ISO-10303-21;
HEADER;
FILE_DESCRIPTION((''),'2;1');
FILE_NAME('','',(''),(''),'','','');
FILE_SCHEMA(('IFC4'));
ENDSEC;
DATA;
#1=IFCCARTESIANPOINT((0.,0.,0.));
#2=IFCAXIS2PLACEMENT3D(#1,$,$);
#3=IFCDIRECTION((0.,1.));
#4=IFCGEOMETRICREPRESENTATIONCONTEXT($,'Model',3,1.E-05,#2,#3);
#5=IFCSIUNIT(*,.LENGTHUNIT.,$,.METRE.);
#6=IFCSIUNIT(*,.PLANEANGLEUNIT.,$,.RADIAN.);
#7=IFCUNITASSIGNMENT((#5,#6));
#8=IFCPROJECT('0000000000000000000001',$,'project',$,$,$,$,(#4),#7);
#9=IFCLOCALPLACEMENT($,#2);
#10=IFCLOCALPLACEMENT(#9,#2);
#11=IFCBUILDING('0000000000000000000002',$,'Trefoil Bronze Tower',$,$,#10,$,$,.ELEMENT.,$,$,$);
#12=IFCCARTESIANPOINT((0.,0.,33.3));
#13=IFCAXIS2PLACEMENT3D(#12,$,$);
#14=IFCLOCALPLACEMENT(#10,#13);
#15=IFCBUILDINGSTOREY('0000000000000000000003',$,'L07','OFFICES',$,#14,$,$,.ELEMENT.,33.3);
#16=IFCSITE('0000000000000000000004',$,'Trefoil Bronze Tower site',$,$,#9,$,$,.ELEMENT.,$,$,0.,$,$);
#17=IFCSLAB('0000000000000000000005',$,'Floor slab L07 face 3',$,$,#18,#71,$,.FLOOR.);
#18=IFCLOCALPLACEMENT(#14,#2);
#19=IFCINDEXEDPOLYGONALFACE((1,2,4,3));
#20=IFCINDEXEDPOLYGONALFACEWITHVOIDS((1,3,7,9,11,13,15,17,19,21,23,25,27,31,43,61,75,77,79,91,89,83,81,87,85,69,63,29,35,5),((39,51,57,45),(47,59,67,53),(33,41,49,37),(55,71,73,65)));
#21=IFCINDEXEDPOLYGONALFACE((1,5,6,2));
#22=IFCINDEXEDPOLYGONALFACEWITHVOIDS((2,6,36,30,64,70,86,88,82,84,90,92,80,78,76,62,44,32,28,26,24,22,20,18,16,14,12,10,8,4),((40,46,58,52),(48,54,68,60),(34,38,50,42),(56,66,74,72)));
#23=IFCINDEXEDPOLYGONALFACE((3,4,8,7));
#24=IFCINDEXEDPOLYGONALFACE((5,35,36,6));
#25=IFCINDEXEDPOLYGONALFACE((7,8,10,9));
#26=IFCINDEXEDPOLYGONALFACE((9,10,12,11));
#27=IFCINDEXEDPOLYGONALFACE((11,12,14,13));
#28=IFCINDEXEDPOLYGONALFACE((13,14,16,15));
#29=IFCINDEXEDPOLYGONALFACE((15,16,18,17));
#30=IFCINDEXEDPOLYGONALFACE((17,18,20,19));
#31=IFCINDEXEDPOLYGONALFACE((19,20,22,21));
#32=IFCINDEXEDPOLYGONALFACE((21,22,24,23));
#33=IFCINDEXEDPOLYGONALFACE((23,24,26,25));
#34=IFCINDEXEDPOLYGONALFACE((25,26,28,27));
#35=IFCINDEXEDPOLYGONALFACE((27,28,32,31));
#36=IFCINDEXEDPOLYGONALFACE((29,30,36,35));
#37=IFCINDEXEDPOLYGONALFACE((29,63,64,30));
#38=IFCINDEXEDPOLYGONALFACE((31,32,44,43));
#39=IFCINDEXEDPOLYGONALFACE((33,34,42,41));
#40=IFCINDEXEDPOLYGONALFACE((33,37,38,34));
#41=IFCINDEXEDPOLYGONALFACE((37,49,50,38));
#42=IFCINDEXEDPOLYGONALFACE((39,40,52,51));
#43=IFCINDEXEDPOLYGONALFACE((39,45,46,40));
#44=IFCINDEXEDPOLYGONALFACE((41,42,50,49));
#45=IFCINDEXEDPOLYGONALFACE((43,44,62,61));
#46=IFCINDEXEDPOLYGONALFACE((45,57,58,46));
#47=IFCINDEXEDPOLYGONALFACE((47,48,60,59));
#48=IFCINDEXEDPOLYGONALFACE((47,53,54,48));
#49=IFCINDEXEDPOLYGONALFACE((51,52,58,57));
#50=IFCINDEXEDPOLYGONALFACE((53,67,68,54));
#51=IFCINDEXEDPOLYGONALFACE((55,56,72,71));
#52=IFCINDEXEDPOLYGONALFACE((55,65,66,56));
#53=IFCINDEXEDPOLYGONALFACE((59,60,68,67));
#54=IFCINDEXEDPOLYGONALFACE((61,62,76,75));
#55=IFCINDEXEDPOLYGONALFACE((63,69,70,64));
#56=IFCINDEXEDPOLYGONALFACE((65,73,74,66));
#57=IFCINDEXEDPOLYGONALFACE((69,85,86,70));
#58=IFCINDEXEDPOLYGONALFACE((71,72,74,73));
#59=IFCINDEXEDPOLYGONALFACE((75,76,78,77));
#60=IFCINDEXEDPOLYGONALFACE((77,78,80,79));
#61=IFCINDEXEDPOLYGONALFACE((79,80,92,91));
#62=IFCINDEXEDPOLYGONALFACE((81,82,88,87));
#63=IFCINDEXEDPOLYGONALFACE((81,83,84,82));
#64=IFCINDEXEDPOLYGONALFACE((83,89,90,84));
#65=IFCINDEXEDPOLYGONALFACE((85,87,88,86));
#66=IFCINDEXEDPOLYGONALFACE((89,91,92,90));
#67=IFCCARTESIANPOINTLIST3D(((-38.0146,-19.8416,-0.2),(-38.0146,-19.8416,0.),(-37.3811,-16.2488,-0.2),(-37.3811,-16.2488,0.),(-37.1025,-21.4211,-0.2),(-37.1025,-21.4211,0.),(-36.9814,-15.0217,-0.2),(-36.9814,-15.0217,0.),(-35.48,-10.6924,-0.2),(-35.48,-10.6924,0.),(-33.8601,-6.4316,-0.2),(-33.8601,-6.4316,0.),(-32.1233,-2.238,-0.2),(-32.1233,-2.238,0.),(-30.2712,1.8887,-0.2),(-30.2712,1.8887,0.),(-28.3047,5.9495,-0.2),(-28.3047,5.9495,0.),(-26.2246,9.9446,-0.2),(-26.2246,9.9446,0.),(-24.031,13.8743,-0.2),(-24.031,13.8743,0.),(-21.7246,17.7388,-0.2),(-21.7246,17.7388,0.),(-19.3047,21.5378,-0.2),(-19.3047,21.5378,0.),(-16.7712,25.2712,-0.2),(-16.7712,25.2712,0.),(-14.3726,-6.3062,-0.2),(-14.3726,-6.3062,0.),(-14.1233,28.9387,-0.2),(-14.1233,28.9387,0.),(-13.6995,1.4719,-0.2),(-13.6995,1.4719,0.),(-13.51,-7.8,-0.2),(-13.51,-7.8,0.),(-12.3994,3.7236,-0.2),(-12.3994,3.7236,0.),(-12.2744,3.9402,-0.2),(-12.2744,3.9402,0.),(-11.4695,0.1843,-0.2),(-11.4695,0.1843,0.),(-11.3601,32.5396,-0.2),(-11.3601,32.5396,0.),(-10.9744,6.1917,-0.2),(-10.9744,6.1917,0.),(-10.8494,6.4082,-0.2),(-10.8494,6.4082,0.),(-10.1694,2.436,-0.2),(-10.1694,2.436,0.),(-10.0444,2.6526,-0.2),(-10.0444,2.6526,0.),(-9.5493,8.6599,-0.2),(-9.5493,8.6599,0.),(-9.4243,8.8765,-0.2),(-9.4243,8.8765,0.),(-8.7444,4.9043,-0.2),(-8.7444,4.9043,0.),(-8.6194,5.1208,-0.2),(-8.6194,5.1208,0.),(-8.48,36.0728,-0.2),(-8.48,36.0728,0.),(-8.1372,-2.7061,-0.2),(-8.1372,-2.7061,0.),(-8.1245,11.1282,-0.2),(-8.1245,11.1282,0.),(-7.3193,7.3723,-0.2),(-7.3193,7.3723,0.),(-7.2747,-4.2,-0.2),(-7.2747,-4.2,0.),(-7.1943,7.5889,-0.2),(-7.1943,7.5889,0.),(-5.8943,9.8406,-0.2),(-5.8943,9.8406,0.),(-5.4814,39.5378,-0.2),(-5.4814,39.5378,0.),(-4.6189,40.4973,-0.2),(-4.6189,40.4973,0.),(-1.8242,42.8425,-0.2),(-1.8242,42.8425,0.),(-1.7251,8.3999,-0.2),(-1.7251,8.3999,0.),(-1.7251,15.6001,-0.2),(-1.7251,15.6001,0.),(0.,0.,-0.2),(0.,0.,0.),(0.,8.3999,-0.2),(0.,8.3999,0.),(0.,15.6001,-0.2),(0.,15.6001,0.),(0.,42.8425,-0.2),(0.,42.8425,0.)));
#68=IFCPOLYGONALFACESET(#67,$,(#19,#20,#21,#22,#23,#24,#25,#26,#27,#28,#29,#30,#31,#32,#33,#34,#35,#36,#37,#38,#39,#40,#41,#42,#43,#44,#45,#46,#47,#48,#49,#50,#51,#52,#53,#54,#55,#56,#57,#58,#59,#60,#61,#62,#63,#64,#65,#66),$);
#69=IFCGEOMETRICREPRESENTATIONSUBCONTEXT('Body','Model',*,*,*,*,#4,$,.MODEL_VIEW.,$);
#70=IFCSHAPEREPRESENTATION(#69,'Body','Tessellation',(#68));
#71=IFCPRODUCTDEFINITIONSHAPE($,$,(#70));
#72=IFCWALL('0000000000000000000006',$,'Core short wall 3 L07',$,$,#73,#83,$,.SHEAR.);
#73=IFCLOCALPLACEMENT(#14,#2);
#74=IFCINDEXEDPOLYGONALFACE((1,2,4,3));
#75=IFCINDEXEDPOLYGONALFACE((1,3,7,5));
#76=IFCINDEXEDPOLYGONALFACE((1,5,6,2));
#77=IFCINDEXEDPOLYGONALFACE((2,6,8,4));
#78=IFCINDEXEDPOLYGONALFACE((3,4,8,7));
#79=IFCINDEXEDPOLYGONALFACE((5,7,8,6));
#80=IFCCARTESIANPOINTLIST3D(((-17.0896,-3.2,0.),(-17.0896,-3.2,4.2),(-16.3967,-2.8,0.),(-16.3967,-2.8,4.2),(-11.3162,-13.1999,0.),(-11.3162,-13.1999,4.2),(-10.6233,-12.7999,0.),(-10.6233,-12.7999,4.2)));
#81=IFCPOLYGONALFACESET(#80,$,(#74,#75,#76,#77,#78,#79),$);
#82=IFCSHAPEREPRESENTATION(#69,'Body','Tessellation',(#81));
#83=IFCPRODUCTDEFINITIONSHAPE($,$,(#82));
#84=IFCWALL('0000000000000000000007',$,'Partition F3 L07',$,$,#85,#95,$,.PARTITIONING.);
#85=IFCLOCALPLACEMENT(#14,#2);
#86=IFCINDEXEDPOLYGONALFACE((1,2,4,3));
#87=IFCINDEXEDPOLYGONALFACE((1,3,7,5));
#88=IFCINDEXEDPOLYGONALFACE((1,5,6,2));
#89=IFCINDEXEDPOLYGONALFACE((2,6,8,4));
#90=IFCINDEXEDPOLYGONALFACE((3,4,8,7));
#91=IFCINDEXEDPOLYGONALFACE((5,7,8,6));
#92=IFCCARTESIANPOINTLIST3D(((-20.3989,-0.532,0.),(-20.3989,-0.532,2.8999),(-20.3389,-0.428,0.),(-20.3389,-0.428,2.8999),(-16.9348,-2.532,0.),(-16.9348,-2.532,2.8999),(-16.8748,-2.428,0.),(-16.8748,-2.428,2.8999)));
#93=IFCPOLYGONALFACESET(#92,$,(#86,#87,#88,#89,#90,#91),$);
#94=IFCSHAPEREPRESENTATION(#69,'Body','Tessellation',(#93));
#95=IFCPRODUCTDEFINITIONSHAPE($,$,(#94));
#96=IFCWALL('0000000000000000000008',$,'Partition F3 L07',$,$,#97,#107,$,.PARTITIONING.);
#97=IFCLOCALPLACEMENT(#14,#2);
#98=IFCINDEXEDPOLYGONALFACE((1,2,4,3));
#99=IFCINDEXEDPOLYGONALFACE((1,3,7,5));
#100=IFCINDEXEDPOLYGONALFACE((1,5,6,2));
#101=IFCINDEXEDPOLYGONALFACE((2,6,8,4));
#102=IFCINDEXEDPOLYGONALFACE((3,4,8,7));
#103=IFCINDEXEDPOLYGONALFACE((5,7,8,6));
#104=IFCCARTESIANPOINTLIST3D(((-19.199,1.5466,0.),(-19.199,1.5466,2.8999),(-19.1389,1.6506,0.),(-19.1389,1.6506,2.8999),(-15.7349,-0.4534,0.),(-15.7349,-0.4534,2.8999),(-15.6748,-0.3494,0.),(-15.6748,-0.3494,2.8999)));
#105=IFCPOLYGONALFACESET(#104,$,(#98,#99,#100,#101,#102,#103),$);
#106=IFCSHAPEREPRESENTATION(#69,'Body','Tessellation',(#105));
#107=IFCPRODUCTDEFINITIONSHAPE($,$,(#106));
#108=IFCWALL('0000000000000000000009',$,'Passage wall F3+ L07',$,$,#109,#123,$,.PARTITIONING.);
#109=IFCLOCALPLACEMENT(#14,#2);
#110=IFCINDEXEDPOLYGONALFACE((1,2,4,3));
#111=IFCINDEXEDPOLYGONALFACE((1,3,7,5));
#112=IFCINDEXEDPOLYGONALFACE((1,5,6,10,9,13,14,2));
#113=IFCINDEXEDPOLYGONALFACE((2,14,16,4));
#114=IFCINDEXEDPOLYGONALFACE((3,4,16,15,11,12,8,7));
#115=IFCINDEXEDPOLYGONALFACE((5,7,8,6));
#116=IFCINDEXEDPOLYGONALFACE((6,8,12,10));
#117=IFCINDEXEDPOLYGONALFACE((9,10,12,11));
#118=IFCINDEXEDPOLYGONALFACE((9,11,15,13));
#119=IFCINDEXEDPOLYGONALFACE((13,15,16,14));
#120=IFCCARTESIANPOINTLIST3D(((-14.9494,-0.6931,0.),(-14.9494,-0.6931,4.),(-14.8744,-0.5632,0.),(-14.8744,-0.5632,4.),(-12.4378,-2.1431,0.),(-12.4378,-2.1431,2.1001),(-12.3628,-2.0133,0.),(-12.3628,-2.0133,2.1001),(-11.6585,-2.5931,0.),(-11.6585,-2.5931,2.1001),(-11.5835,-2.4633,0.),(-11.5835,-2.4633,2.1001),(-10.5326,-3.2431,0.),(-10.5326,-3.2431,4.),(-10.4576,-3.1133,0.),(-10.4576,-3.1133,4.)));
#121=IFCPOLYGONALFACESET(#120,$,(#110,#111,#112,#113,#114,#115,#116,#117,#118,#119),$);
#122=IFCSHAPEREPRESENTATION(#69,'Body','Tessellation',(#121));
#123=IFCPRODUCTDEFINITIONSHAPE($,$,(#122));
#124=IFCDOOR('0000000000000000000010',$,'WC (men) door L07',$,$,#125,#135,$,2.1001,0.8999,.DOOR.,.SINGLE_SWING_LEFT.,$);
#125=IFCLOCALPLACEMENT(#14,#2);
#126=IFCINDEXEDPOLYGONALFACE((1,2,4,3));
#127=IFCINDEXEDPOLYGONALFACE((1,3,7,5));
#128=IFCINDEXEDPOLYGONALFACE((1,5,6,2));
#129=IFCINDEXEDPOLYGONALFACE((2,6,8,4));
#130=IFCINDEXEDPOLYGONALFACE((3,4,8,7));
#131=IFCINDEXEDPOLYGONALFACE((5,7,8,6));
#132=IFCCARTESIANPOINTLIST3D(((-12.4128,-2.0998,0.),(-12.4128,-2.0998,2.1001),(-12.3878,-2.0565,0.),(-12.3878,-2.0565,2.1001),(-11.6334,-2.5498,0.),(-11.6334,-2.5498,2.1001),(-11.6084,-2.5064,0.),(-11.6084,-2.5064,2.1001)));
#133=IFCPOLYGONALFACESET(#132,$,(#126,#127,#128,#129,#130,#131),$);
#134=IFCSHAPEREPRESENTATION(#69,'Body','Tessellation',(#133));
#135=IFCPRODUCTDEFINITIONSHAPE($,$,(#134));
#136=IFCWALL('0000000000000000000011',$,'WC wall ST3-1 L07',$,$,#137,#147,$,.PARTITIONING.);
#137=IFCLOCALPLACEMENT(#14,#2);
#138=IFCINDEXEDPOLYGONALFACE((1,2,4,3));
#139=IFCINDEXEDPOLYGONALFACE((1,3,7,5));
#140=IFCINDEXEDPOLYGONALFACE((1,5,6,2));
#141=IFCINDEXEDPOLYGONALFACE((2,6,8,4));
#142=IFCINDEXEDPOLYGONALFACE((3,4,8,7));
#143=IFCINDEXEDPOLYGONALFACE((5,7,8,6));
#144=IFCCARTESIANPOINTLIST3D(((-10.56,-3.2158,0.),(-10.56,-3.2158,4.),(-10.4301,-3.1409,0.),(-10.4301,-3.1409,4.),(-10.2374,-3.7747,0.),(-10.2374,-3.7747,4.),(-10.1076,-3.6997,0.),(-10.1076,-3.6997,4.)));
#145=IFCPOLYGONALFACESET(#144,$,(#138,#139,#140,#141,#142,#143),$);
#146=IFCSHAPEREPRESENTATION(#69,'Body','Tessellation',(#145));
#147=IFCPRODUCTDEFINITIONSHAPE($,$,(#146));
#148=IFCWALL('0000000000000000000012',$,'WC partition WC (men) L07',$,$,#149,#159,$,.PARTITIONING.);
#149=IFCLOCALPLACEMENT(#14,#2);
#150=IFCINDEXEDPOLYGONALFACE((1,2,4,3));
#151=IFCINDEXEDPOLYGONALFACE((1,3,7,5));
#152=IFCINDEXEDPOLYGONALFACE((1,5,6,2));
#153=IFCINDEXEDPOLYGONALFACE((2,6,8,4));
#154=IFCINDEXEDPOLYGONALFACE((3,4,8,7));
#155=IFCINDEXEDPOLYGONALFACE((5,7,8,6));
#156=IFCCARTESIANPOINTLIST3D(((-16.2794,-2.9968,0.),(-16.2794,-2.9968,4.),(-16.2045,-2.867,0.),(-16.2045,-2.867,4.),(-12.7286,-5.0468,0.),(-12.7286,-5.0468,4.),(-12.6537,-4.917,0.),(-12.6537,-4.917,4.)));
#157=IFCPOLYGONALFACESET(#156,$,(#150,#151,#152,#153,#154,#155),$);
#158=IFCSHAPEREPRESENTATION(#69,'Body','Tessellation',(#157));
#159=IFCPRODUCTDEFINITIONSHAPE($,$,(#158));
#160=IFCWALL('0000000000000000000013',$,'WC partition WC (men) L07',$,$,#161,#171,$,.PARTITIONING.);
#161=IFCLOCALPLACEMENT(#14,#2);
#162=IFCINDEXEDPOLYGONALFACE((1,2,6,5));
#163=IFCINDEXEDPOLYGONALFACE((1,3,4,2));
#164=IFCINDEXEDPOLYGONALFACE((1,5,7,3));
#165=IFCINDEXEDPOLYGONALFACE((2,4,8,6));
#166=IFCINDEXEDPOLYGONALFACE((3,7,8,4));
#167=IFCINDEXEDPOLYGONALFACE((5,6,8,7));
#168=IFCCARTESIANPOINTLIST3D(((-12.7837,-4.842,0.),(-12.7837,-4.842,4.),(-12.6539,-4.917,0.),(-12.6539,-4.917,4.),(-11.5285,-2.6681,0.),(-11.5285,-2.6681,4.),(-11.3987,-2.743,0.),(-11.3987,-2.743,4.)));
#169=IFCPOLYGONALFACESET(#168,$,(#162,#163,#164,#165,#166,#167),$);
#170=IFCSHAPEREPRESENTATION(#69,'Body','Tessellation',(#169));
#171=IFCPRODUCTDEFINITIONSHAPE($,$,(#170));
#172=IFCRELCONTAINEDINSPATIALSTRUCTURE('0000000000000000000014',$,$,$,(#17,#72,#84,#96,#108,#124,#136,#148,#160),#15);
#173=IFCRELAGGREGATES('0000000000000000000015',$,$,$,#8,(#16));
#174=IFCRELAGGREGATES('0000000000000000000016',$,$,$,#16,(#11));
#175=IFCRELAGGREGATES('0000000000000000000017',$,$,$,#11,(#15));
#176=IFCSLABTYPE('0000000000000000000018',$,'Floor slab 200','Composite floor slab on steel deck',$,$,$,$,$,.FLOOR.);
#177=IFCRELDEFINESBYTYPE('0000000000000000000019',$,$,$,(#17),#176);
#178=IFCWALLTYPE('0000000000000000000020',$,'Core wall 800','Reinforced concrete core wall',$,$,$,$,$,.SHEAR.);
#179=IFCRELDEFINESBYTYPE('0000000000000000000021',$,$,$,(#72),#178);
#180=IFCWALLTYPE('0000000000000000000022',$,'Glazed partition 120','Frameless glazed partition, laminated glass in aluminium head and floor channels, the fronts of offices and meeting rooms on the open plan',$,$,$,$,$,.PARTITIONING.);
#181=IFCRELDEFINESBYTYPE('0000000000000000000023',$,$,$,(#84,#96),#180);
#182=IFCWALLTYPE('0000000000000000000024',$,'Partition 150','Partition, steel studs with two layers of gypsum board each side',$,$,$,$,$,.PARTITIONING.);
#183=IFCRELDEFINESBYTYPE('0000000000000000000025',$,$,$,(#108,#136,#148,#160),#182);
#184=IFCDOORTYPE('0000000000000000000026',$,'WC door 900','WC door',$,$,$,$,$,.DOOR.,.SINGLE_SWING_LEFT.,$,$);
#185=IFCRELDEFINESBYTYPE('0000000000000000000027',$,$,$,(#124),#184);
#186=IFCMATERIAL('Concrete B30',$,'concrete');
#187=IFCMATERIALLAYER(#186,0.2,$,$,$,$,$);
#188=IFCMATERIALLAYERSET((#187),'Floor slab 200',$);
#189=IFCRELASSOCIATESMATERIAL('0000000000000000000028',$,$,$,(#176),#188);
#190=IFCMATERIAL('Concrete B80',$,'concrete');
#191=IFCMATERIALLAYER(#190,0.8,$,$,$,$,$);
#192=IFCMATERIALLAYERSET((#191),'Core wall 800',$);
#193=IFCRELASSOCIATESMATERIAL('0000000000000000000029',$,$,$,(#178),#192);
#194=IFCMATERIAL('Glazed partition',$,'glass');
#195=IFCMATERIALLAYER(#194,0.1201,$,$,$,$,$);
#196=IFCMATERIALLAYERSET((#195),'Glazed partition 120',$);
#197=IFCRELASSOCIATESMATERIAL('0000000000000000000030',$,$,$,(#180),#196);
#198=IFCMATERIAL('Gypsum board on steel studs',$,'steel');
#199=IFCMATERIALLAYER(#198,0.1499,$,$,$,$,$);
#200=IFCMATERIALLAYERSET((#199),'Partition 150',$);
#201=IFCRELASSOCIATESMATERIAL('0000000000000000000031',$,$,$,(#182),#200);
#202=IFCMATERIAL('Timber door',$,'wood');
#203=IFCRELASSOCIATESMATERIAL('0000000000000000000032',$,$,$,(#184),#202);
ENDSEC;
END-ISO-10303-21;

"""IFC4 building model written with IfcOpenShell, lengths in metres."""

from ifc_helpers import new_model, si_unit, direction, frame, frame_2d, origin, place, context, subcontext, project, spatial, polyline, rectangle, outline, extrude, material, layer, layer_set, type_object, element, fill, save


model = new_model("IFC4")

# Units and contexts
model_context = context("Model", 3, precision=1e-05, world=origin(), true_north=direction((0.0, 1.0)))
body_context = subcontext(model_context, "Body", "Model", "MODEL_VIEW")
ifc_project = project(units=[si_unit("LENGTHUNIT", "METRE"), si_unit("PLANEANGLEUNIT", "RADIAN")], contexts=[model_context])

# Site, building, storey
site_placement = place(None, origin())
site = spatial("IfcSite", under=ifc_project, at=site_placement, Name="Trefoil Bronze Tower site", CompositionType="ELEMENT", RefElevation=0.0)
building_placement = place(site_placement, origin())
building = spatial("IfcBuilding", under=site, at=building_placement, Name="Trefoil Bronze Tower", CompositionType="ELEMENT")
storey_placement = place(building_placement, frame((0.0, 0.0, 33.3)))
storey = spatial("IfcBuildingStorey", under=building, at=storey_placement, Name="L07", Description="OFFICES", CompositionType="ELEMENT", Elevation=33.3)

# Slab
ifc_material_1 = material(Name="Concrete B30", Category="concrete")
ifc_layer_1 = layer(ifc_material_1, 0.2)
ifc_layer_set_1 = layer_set([ifc_layer_1], Name="Floor slab 200")
slab_type = type_object("IfcSlabType", Name="Floor slab 200", Description="Composite floor slab on steel deck", PredefinedType="FLOOR", material=ifc_layer_set_1)
slab_1_placement = place(storey_placement, frame((0.0, 0.0, -0.2)))
element("IfcSlab", 1, at=slab_1_placement, inside=storey, type_object=slab_type, Name="Floor slab L07 face 3", PredefinedType="FLOOR", context=body_context, shape_type="SweptSolid", body=[
    extrude(outline(polyline([(-35.48, -10.6924), (-33.8601, -6.4316), (-32.1233, -2.238), (-30.2712, 1.8887), (-28.3047, 5.9495), (-26.2246, 9.9446), (-24.031, 13.8743), (-21.7246, 17.7388), (-19.3047, 21.5378), (-16.7712, 25.2712), (-14.1233, 28.9387), (-11.3601, 32.5396), (-8.48, 36.0728), (-5.4814, 39.5378), (-4.6189, 40.4973), (-1.8242, 42.8425), (0.0, 42.8425), (0.0, 15.6001), (-1.7251, 15.6001), (-1.7251, 8.3999), (0.0, 8.3999), (0.0, 0.0), (-7.2747, -4.2), (-8.1372, -2.7061), (-14.3726, -6.3062), (-13.51, -7.8), (-37.1025, -21.4211), (-38.0146, -19.8416), (-37.3811, -16.2488), (-36.9814, -15.0217), (-35.48, -10.6924)]), holes=[polyline([(-5.8943, 9.8406), (-7.1943, 7.5889), (-9.4243, 8.8765), (-8.1245, 11.1282), (-5.8943, 9.8406)]), polyline([(-7.3193, 7.3723), (-8.6194, 5.1208), (-10.8494, 6.4082), (-9.5493, 8.6599), (-7.3193, 7.3723)]), polyline([(-8.7444, 4.9043), (-10.0444, 2.6526), (-12.2744, 3.9402), (-10.9744, 6.1917), (-8.7444, 4.9043)]), polyline([(-10.1694, 2.436), (-11.4695, 0.1843), (-13.6995, 1.4719), (-12.3994, 3.7236), (-10.1694, 2.436)])]), origin(), (0.0, 0.0, 1.0), 0.2),
])

# Walls
ifc_material_2 = material(Name="Concrete B80", Category="concrete")
ifc_layer_2 = layer(ifc_material_2, 0.8)
ifc_layer_set_2 = layer_set([ifc_layer_2], Name="Core wall 800")
wall_type_1 = type_object("IfcWallType", Name="Core wall 800", Description="Reinforced concrete core wall", PredefinedType="SHEAR", material=ifc_layer_set_2)
wall_1_placement = place(storey_placement, frame((-16.7432, -3.0, 0.0), z_axis=(0.0, 0.0, 1.0), x_axis=(0.499996, -0.866028, 0.0)))
element("IfcWall", 2, at=wall_1_placement, inside=storey, type_object=wall_type_1, Name="Core short wall 3 L07", PredefinedType="SHEAR", context=body_context, shape_type="SweptSolid", body=[
    extrude(rectangle(XDim=11.5469, YDim=0.8, at=frame_2d((5.7734, 0.0))), origin(), (0.0, 0.0, 1.0), 4.2),
])
ifc_material_3 = material(Name="Glazed partition", Category="glass")
ifc_layer_3 = layer(ifc_material_3, 0.1201)
ifc_layer_set_3 = layer_set([ifc_layer_3], Name="Glazed partition 120")
wall_type_2 = type_object("IfcWallType", Name="Glazed partition 120", Description="Frameless glazed partition, laminated glass in aluminium head and floor channels, the fronts of offices and meeting rooms on the open plan", PredefinedType="PARTITIONING", material=ifc_layer_set_3)
for number, where, z_axis, x_axis, name in (
    (3, (-16.9048, -2.48, 0.0), (0.0, 0.0, 1.0), (-0.866026, 0.499999, 0.0), "Partition F3 L07"),
    (4, (-15.7048, -0.4014, 0.0), (0.0, 0.0, 1.0), (-0.866026, 0.499999, 0.0), "Partition F3 L07"),
):
    element("IfcWall", number, at=place(storey_placement, frame(where, z_axis=z_axis, x_axis=x_axis)), inside=storey, type_object=wall_type_2, Name=name, PredefinedType="PARTITIONING", context=body_context, shape_type="SweptSolid", body=[
        extrude(rectangle(XDim=4.0, YDim=0.1201, at=frame_2d((2.0, 0.0))), origin(), (0.0, 0.0, 1.0), 2.8999),
    ])

# Wall, opening, door
ifc_material_4 = material(Name="Gypsum board on steel studs", Category="steel")
ifc_layer_4 = layer(ifc_material_4, 0.1499)
ifc_layer_set_4 = layer_set([ifc_layer_4], Name="Partition 150")
wall_type_3 = type_object("IfcWallType", Name="Partition 150", Description="Partition, steel studs with two layers of gypsum board each side", PredefinedType="PARTITIONING", material=ifc_layer_set_4)
wall_2_placement = place(storey_placement, frame((-10.4951, -3.1782, 0.0), z_axis=(0.0, 0.0, 1.0), x_axis=(-0.866022, 0.500006, 0.0)))
wall_2 = element("IfcWall", 5, at=wall_2_placement, inside=storey, type_object=wall_type_3, Name="Passage wall F3+ L07", PredefinedType="PARTITIONING", context=body_context, shape_type="SweptSolid", body=[
    extrude(rectangle(XDim=5.1001, YDim=0.1499, at=frame_2d((2.55, 0.0))), origin(), (0.0, 0.0, 1.0), 4.0),
])
opening_1_placement = place(wall_2_placement, frame((1.3, 0.0, 0.0)))
opening_1 = element("IfcOpeningElement", 6, at=opening_1_placement, cuts=wall_2, PredefinedType="OPENING", context=body_context, shape_type="SweptSolid", body=[
    extrude(rectangle(XDim=0.8999, YDim=2.1001, at=frame_2d((0.45, 1.05))), frame((0.0, 0.085, 0.0), z_axis=(0.0, -1.0, 0.0), x_axis=(1.0, 0.0, 0.0)), (0.0, 0.0, 1.0), 0.1699),
])
ifc_material_5 = material(Name="Timber door", Category="wood")
door_type_1 = type_object("IfcDoorType", Name="WC door 900", Description="WC door", OperationType="SINGLE_SWING_LEFT", PredefinedType="DOOR", material=ifc_material_5)
door_1_placement = place(opening_1_placement, origin())
door_1 = element("IfcDoor", 7, at=door_1_placement, inside=storey, type_object=door_type_1, Name="WC (men) door L07", OperationType="SINGLE_SWING_LEFT", OverallHeight=2.1001, OverallWidth=0.8999, PredefinedType="DOOR", context=body_context, shape_type="SweptSolid", body=[
    extrude(rectangle(XDim=0.8999, YDim=2.1001, at=frame_2d((0.45, 1.05))), frame((0.0, 0.0249, 0.0), z_axis=(0.0, -1.0, 0.0), x_axis=(1.0, 0.0, 0.0)), (0.0, 0.0, 1.0), 0.05),
])
fill(opening_1, door_1)

# Walls
wall_3_placement = place(storey_placement, frame((-10.4951, -3.1782, 0.0), z_axis=(0.0, 0.0, 1.0), x_axis=(0.499843, -0.866116, 0.0)))
element("IfcWall", 8, at=wall_3_placement, inside=storey, type_object=wall_type_3, Name="WC wall ST3-1 L07", PredefinedType="PARTITIONING", context=body_context, shape_type="SweptSolid", body=[
    extrude(rectangle(XDim=0.6453, YDim=0.1499, at=frame_2d((0.3228, 0.0))), origin(), (0.0, 0.0, 1.0), 4.0),
])
wall_4_placement = place(storey_placement, frame((-12.6912, -4.9819, 0.0), z_axis=(0.0, 0.0, 1.0), x_axis=(-0.866025, 0.500001, 0.0)))
element("IfcWall", 9, at=wall_4_placement, inside=storey, type_object=wall_type_3, Name="WC partition WC (men) L07", PredefinedType="PARTITIONING", context=body_context, shape_type="SweptSolid", body=[
    extrude(rectangle(XDim=4.1001, YDim=0.1499, at=frame_2d((2.05, 0.0))), origin(), (0.0, 0.0, 1.0), 4.0),
])
wall_5_placement = place(storey_placement, frame((-11.4636, -2.7056, 0.0), z_axis=(0.0, 0.0, 1.0), x_axis=(-0.50002, -0.866014, 0.0)))
element("IfcWall", 10, at=wall_5_placement, inside=storey, type_object=wall_type_3, Name="WC partition WC (men) L07", PredefinedType="PARTITIONING", context=body_context, shape_type="SweptSolid", body=[
    extrude(rectangle(XDim=2.5103, YDim=0.1499, at=frame_2d((1.2551, 0.0))), origin(), (0.0, 0.0, 1.0), 4.0),
])

save(model, "model.ifc")
